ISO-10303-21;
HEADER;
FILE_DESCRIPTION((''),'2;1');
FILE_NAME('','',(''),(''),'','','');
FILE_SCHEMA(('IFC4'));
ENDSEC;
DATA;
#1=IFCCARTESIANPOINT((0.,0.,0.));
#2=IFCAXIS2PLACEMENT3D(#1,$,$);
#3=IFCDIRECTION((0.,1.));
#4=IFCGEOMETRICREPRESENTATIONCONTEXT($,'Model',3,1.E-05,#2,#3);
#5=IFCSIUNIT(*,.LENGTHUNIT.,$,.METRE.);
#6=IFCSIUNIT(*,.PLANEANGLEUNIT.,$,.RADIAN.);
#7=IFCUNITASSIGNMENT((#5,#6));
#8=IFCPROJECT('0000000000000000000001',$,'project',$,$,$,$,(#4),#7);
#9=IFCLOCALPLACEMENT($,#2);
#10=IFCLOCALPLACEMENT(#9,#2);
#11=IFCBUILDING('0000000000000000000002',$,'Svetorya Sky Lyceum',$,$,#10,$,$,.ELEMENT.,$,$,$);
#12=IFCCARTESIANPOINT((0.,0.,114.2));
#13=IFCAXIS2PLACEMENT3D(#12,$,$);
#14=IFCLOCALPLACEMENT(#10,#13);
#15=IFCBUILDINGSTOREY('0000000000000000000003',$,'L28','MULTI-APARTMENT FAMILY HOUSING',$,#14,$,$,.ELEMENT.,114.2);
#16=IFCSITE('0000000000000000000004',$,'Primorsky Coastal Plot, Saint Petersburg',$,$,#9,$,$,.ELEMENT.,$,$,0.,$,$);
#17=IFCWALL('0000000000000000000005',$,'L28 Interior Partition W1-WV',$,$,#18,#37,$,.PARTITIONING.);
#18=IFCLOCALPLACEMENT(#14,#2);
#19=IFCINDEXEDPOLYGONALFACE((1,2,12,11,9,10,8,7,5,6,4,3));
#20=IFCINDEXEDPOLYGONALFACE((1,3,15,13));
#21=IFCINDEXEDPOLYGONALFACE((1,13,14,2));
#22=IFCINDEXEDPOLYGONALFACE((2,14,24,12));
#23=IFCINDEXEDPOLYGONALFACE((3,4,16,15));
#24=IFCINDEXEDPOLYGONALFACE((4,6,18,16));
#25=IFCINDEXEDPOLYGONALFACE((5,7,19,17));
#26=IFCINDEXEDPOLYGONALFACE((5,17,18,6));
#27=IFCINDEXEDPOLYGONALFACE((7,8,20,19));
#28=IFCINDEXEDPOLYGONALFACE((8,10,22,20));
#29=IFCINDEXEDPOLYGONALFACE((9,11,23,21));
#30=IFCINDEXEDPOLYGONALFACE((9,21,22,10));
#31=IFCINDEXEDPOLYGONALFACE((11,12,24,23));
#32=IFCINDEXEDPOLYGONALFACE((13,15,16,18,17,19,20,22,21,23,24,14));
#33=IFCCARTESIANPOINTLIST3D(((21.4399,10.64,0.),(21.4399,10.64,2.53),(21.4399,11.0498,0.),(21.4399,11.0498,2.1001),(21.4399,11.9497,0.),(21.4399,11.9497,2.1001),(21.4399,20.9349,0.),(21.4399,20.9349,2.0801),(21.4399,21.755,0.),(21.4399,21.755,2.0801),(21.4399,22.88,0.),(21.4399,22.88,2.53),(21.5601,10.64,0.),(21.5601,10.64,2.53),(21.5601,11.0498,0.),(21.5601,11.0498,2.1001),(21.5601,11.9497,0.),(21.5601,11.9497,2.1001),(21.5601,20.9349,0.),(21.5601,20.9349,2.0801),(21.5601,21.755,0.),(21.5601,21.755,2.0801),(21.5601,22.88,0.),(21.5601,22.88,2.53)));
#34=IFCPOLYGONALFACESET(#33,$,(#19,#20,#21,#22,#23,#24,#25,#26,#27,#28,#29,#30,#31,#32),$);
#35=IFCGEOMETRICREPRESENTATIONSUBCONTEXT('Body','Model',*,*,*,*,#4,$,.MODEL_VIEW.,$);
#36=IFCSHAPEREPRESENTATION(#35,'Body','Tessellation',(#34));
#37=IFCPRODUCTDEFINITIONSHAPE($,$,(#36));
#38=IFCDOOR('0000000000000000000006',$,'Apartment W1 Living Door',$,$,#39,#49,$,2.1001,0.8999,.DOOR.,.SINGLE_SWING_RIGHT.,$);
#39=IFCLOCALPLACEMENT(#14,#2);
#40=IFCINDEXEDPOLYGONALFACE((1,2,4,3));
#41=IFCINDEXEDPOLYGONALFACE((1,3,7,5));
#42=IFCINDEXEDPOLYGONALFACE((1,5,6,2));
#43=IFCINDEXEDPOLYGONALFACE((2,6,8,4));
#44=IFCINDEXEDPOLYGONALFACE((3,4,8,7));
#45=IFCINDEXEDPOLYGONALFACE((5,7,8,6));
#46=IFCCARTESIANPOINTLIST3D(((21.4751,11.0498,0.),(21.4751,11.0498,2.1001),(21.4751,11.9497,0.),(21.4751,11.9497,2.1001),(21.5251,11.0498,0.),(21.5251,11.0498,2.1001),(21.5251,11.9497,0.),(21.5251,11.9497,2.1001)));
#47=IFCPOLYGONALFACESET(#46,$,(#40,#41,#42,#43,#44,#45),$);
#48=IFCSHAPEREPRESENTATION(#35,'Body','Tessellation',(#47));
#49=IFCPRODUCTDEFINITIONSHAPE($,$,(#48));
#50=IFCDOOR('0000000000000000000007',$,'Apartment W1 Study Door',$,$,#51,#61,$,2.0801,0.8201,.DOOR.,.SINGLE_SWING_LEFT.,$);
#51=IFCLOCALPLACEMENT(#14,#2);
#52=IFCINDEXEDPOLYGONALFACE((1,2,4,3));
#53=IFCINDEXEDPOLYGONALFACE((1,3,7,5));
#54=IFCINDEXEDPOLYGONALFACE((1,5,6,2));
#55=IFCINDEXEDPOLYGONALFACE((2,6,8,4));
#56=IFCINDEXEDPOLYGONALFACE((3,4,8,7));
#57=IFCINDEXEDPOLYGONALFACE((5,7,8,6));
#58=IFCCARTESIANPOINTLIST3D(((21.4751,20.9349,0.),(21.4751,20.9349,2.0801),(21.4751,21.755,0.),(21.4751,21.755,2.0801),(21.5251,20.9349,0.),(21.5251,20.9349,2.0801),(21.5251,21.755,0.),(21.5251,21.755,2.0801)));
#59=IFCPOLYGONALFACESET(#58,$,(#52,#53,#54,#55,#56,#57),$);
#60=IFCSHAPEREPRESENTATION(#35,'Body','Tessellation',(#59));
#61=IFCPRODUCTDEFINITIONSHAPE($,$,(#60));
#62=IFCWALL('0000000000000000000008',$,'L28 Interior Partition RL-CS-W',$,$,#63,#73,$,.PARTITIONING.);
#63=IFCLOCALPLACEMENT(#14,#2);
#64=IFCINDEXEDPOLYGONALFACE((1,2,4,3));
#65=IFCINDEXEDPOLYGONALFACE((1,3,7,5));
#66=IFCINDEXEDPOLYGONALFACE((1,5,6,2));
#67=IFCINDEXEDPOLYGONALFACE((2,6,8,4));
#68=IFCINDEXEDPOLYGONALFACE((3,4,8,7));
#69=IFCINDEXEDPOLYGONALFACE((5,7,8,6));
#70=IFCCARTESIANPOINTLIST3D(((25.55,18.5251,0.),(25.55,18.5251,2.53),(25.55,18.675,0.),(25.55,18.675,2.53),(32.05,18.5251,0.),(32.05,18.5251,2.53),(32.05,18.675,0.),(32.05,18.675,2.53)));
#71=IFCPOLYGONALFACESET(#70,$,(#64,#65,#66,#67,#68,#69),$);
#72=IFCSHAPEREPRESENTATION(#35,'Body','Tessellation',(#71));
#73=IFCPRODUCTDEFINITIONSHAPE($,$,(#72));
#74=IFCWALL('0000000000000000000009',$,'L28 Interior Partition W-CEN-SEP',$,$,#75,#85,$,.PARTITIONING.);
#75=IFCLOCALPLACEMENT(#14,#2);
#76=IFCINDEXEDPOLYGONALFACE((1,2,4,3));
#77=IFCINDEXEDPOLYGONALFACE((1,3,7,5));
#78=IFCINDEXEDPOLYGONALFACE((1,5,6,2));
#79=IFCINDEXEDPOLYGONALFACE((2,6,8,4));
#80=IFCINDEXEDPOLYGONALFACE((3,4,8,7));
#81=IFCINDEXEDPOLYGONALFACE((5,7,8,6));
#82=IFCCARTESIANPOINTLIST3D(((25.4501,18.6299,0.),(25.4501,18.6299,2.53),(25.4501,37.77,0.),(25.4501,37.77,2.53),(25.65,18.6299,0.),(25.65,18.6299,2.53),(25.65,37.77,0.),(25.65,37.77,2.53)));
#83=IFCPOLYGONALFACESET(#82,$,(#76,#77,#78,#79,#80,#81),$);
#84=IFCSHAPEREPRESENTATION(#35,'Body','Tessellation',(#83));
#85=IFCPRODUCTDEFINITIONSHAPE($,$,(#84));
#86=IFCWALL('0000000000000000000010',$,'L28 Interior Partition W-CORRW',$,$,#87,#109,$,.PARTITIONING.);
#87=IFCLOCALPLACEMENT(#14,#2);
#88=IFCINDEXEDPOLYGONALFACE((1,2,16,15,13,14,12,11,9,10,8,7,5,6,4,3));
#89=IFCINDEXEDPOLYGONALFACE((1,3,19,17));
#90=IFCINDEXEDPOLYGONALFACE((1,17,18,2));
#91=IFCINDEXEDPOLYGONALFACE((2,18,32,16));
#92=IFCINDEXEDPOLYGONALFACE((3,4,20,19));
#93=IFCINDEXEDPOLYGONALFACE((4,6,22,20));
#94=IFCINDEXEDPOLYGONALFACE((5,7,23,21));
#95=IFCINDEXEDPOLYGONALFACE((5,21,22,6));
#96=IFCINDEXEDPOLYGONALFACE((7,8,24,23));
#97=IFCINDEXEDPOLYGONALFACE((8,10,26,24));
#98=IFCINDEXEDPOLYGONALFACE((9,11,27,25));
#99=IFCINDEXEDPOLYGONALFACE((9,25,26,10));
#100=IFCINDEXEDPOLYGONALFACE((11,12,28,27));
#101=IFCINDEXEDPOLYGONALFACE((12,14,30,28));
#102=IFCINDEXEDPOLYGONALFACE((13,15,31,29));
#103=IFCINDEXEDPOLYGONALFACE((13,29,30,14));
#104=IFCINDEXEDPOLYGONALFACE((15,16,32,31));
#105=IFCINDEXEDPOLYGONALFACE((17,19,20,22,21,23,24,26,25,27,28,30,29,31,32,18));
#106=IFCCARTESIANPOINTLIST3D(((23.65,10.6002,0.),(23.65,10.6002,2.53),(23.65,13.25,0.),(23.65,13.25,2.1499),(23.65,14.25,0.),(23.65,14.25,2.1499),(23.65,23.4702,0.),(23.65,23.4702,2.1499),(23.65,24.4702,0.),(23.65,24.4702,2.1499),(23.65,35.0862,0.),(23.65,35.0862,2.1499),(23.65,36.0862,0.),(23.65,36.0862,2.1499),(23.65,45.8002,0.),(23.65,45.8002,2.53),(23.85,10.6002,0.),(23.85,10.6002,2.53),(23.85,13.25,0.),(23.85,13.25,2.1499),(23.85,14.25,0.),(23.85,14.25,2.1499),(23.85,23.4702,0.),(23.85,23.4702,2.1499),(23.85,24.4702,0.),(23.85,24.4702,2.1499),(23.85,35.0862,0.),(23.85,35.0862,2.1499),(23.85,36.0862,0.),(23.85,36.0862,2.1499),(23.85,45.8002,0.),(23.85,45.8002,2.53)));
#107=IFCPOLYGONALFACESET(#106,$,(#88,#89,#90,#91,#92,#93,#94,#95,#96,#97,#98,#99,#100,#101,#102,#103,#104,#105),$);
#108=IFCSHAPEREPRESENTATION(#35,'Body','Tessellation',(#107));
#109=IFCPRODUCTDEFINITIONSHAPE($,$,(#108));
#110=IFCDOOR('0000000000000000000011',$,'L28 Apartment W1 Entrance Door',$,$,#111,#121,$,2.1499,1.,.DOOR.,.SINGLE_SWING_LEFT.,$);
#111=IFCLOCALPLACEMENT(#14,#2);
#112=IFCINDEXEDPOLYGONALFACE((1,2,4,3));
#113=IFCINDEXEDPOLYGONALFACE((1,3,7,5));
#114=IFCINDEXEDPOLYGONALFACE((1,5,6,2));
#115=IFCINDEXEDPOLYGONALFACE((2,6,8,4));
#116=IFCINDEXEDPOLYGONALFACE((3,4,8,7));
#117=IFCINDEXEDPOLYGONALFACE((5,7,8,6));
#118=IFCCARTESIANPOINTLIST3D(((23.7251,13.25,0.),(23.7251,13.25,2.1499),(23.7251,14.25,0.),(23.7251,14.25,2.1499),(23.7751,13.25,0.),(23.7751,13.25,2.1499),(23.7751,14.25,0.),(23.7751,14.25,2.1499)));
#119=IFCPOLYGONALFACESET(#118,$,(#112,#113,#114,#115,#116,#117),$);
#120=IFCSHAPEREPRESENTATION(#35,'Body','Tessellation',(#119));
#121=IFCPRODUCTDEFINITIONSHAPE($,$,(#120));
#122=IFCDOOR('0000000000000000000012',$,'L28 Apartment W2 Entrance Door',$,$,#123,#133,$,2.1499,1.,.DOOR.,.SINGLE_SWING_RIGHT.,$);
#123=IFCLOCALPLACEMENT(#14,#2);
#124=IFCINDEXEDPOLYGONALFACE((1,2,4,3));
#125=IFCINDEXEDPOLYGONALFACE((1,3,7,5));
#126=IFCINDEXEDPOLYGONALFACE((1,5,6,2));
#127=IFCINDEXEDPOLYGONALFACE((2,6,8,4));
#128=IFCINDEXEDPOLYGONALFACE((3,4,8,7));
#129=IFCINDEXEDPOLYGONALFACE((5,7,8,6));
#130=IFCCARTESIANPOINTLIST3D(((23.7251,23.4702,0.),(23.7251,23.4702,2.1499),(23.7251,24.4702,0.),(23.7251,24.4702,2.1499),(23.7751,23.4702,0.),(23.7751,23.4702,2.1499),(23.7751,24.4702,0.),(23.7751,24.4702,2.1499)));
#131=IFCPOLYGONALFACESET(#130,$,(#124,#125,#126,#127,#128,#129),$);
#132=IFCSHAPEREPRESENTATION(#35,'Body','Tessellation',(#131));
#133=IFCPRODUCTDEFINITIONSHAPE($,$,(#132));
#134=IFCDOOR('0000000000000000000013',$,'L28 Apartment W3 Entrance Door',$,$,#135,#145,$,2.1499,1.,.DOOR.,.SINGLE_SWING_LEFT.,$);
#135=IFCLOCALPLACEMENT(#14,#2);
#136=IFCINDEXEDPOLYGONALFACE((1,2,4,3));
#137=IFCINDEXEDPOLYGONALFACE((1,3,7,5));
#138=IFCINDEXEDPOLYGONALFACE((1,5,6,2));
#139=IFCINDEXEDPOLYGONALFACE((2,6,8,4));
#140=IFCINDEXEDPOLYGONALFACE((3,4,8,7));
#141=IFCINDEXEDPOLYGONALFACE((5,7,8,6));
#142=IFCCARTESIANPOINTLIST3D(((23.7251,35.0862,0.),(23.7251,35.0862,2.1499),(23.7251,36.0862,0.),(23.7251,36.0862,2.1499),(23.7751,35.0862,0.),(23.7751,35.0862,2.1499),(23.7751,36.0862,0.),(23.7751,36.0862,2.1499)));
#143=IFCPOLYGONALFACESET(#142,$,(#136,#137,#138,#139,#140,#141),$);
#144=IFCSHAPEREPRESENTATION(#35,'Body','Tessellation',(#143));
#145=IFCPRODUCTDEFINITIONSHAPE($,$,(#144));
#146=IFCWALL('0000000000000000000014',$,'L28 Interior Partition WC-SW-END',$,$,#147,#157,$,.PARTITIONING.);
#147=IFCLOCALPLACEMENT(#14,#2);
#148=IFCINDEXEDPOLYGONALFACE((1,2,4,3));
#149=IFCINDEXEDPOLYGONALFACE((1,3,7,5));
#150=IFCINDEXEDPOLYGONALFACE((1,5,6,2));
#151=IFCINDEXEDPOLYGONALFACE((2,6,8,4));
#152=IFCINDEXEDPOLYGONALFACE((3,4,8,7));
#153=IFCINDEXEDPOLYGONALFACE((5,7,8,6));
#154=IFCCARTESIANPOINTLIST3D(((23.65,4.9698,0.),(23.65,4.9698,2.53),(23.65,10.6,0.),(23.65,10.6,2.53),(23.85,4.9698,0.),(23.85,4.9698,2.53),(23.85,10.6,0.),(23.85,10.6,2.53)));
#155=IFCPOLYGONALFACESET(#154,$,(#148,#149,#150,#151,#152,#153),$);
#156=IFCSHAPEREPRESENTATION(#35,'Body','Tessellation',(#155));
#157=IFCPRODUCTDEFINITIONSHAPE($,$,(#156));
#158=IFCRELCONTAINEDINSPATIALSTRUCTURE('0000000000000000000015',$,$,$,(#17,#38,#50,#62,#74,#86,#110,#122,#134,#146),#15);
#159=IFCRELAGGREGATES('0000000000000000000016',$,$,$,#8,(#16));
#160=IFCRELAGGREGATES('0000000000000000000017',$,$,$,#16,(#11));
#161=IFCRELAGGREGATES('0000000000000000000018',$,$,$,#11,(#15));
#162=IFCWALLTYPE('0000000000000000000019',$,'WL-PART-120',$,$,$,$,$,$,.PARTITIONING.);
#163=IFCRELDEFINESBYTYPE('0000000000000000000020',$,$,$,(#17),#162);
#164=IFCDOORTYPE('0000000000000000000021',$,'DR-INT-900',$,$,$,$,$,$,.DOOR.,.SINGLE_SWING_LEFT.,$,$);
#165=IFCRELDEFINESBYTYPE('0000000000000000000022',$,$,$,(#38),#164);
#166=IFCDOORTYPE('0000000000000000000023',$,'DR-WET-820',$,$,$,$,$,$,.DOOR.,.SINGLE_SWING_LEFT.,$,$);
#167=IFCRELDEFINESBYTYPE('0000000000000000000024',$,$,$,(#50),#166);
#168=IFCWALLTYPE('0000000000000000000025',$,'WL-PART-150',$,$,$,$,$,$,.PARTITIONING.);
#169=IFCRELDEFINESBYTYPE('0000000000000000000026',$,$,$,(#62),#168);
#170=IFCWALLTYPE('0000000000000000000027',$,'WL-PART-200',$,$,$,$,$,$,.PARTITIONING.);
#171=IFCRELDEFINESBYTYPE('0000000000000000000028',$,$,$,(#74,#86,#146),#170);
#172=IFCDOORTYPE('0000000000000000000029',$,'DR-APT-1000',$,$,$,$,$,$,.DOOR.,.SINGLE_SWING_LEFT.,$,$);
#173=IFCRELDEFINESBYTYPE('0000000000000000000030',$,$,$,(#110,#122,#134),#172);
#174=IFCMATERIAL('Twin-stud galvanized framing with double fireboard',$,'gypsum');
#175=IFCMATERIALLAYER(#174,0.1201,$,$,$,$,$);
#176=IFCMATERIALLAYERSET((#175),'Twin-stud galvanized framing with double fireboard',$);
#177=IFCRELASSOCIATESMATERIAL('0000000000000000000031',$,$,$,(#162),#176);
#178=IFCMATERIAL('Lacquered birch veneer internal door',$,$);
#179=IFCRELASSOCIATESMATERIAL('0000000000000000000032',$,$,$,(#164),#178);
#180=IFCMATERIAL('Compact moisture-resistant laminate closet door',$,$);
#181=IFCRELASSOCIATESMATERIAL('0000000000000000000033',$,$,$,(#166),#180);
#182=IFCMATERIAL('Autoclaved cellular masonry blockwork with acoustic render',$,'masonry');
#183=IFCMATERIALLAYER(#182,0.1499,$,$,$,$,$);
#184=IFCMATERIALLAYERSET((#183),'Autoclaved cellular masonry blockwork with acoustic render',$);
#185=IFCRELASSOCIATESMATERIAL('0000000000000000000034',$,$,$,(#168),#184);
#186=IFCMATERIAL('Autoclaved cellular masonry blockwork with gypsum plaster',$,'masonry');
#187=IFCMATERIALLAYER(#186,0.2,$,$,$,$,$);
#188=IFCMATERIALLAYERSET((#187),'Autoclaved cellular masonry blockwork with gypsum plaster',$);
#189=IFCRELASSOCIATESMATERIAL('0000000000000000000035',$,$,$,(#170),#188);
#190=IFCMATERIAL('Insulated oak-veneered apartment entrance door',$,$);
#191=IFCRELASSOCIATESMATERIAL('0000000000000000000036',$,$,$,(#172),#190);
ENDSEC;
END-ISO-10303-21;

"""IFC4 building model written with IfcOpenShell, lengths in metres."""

from ifc_helpers import new_model, si_unit, direction, frame, frame_2d, origin, place, context, subcontext, project, spatial, rectangle, extrude, material, layer, layer_set, type_object, element, fill, save


model = new_model("IFC4")

# Units and contexts
model_context = context("Model", 3, precision=1e-05, world=origin(), true_north=direction((0.0, 1.0)))
body_context = subcontext(model_context, "Body", "Model", "MODEL_VIEW")
ifc_project = project(units=[si_unit("LENGTHUNIT", "METRE"), si_unit("PLANEANGLEUNIT", "RADIAN")], contexts=[model_context])

# Site, building, storey
site_placement = place(None, origin())
site = spatial("IfcSite", under=ifc_project, at=site_placement, Name="Primorsky Coastal Plot, Saint Petersburg", CompositionType="ELEMENT", RefElevation=0.0)
building_placement = place(site_placement, origin())
building = spatial("IfcBuilding", under=site, at=building_placement, Name="Svetorya Sky Lyceum", CompositionType="ELEMENT")
storey_placement = place(building_placement, frame((0.0, 0.0, 114.2)))
storey = spatial("IfcBuildingStorey", under=building, at=storey_placement, Name="L28", Description="MULTI-APARTMENT FAMILY HOUSING", CompositionType="ELEMENT", Elevation=114.2)

# Shared definitions
ifc_material_1 = material(Name="Twin-stud galvanized framing with double fireboard", Category="gypsum")
ifc_layer_1 = layer(ifc_material_1, 0.1201)
ifc_layer_set_1 = layer_set([ifc_layer_1], Name="Twin-stud galvanized framing with double fireboard")
wall_type_1 = type_object("IfcWallType", Name="WL-PART-120", PredefinedType="PARTITIONING", material=ifc_layer_set_1)

# Wall, openings, doors
wall_1_placement = place(storey_placement, frame((21.5, 10.6399, 0.0), z_axis=(0.0, 0.0, 1.0), x_axis=(0.0, 1.0, 0.0)))
wall_1 = element("IfcWall", 1, at=wall_1_placement, inside=storey, type_object=wall_type_1, Name="L28 Interior Partition W1-WV", PredefinedType="PARTITIONING", context=body_context, shape_type="SweptSolid", body=[
    extrude(rectangle(XDim=12.24, YDim=0.1201, at=frame_2d((6.1201, 0.0))), origin(), (0.0, 0.0, 1.0), 2.53),
])
opening_1_placement = place(wall_1_placement, frame((0.4099, 0.0, 0.0)))
opening_1 = element("IfcOpeningElement", 2, at=opening_1_placement, cuts=wall_1, PredefinedType="OPENING", context=body_context, shape_type="SweptSolid", body=[
    extrude(rectangle(XDim=0.8999, YDim=2.1001, at=frame_2d((0.45, 1.05))), frame((0.0, 0.0701, 0.0), z_axis=(0.0, -1.0, 0.0), x_axis=(1.0, 0.0, 0.0)), (0.0, 0.0, 1.0), 0.1401),
])
opening_2_placement = place(wall_1_placement, frame((10.2949, 0.0, 0.0)))
opening_2 = element("IfcOpeningElement", 3, at=opening_2_placement, cuts=wall_1, PredefinedType="OPENING", context=body_context, shape_type="SweptSolid", body=[
    extrude(rectangle(XDim=0.8201, YDim=2.0801, at=frame_2d((0.4102, 1.04))), frame((0.0, 0.0701, 0.0), z_axis=(0.0, -1.0, 0.0), x_axis=(1.0, 0.0, 0.0)), (0.0, 0.0, 1.0), 0.1401),
])
ifc_material_2 = material(Name="Lacquered birch veneer internal door")
door_type_1 = type_object("IfcDoorType", Name="DR-INT-900", OperationType="SINGLE_SWING_LEFT", PredefinedType="DOOR", material=ifc_material_2)
door_1_placement = place(opening_1_placement, origin())
door_1 = element("IfcDoor", 4, at=door_1_placement, inside=storey, type_object=door_type_1, Name="Apartment W1 Living Door", OperationType="SINGLE_SWING_RIGHT", OverallHeight=2.1001, OverallWidth=0.8999, PredefinedType="DOOR", context=body_context, shape_type="SweptSolid", body=[
    extrude(rectangle(XDim=0.8999, YDim=2.1001, at=frame_2d((0.45, 1.05))), frame((0.0, 0.0249, 0.0), z_axis=(0.0, -1.0, 0.0), x_axis=(1.0, 0.0, 0.0)), (0.0, 0.0, 1.0), 0.05),
])
fill(opening_1, door_1)
ifc_material_3 = material(Name="Compact moisture-resistant laminate closet door")
door_type_2 = type_object("IfcDoorType", Name="DR-WET-820", OperationType="SINGLE_SWING_LEFT", PredefinedType="DOOR", material=ifc_material_3)
door_2_placement = place(opening_2_placement, origin())
door_2 = element("IfcDoor", 5, at=door_2_placement, inside=storey, type_object=door_type_2, Name="Apartment W1 Study Door", OperationType="SINGLE_SWING_LEFT", OverallHeight=2.0801, OverallWidth=0.8201, PredefinedType="DOOR", context=body_context, shape_type="SweptSolid", body=[
    extrude(rectangle(XDim=0.8201, YDim=2.0801, at=frame_2d((0.4102, 1.04))), frame((0.0, 0.0249, 0.0), z_axis=(0.0, -1.0, 0.0), x_axis=(1.0, 0.0, 0.0)), (0.0, 0.0, 1.0), 0.05),
])
fill(opening_2, door_2)

# Walls
ifc_material_4 = material(Name="Autoclaved cellular masonry blockwork with acoustic render", Category="masonry")
ifc_layer_2 = layer(ifc_material_4, 0.1499)
ifc_layer_set_2 = layer_set([ifc_layer_2], Name="Autoclaved cellular masonry blockwork with acoustic render")
wall_type_2 = type_object("IfcWallType", Name="WL-PART-150", PredefinedType="PARTITIONING", material=ifc_layer_set_2)
wall_2_placement = place(storey_placement, frame((25.55, 18.6001, 0.0), z_axis=(0.0, 0.0, 1.0), x_axis=(1.0, 0.0, 0.0)))
element("IfcWall", 6, at=wall_2_placement, inside=storey, type_object=wall_type_2, Name="L28 Interior Partition RL-CS-W", PredefinedType="PARTITIONING", context=body_context, shape_type="SweptSolid", body=[
    extrude(rectangle(XDim=6.5, YDim=0.1499, at=frame_2d((3.25, 0.0))), origin(), (0.0, 0.0, 1.0), 2.53),
])
ifc_material_5 = material(Name="Autoclaved cellular masonry blockwork with gypsum plaster", Category="masonry")
ifc_layer_3 = layer(ifc_material_5, 0.2)
ifc_layer_set_3 = layer_set([ifc_layer_3], Name="Autoclaved cellular masonry blockwork with gypsum plaster")
wall_type_3 = type_object("IfcWallType", Name="WL-PART-200", PredefinedType="PARTITIONING", material=ifc_layer_set_3)
wall_3_placement = place(storey_placement, frame((25.55, 18.6299, 0.0), z_axis=(0.0, 0.0, 1.0), x_axis=(0.0, 1.0, 0.0)))
element("IfcWall", 7, at=wall_3_placement, inside=storey, type_object=wall_type_3, Name="L28 Interior Partition W-CEN-SEP", PredefinedType="PARTITIONING", context=body_context, shape_type="SweptSolid", body=[
    extrude(rectangle(XDim=19.1401, YDim=0.2, at=frame_2d((9.5701, 0.0))), origin(), (0.0, 0.0, 1.0), 2.53),
])

# Wall, openings, doors
wall_4_placement = place(storey_placement, frame((23.75, 10.6001, 0.0), z_axis=(0.0, 0.0, 1.0), x_axis=(0.0, 1.0, 0.0)))
wall_4 = element("IfcWall", 8, at=wall_4_placement, inside=storey, type_object=wall_type_3, Name="L28 Interior Partition W-CORRW", PredefinedType="PARTITIONING", context=body_context, shape_type="SweptSolid", body=[
    extrude(rectangle(XDim=35.2, YDim=0.2, at=frame_2d((17.6001, 0.0))), origin(), (0.0, 0.0, 1.0), 2.53),
])
opening_3_placement = place(wall_4_placement, frame((2.6499, 0.0, 0.0)))
opening_3 = element("IfcOpeningElement", 9, at=opening_3_placement, cuts=wall_4, PredefinedType="OPENING", context=body_context, shape_type="SweptSolid", body=[
    extrude(rectangle(XDim=1.0, YDim=2.1499, at=frame_2d((0.5, 1.075))), frame((0.0, 0.1099, 0.0), z_axis=(0.0, -1.0, 0.0), x_axis=(1.0, 0.0, 0.0)), (0.0, 0.0, 1.0), 0.22),
])
opening_4_placement = place(wall_4_placement, frame((12.8701, 0.0, 0.0)))
opening_4 = element("IfcOpeningElement", 10, at=opening_4_placement, cuts=wall_4, PredefinedType="OPENING", context=body_context, shape_type="SweptSolid", body=[
    extrude(rectangle(XDim=1.0, YDim=2.1499, at=frame_2d((0.5, 1.075))), frame((0.0, 0.1099, 0.0), z_axis=(0.0, -1.0, 0.0), x_axis=(1.0, 0.0, 0.0)), (0.0, 0.0, 1.0), 0.22),
])
opening_5_placement = place(wall_4_placement, frame((24.4861, 0.0, 0.0)))
opening_5 = element("IfcOpeningElement", 11, at=opening_5_placement, cuts=wall_4, PredefinedType="OPENING", context=body_context, shape_type="SweptSolid", body=[
    extrude(rectangle(XDim=1.0, YDim=2.1499, at=frame_2d((0.5, 1.075))), frame((0.0, 0.1099, 0.0), z_axis=(0.0, -1.0, 0.0), x_axis=(1.0, 0.0, 0.0)), (0.0, 0.0, 1.0), 0.22),
])
ifc_material_6 = material(Name="Insulated oak-veneered apartment entrance door")
door_type_3 = type_object("IfcDoorType", Name="DR-APT-1000", OperationType="SINGLE_SWING_LEFT", PredefinedType="DOOR", material=ifc_material_6)
door_3_placement = place(opening_3_placement, origin())
door_3 = element("IfcDoor", 12, at=door_3_placement, inside=storey, type_object=door_type_3, Name="L28 Apartment W1 Entrance Door", OperationType="SINGLE_SWING_LEFT", OverallHeight=2.1499, OverallWidth=1.0, PredefinedType="DOOR", context=body_context, shape_type="SweptSolid", body=[
    extrude(rectangle(XDim=1.0, YDim=2.1499, at=frame_2d((0.5, 1.075))), frame((0.0, 0.0249, 0.0), z_axis=(0.0, -1.0, 0.0), x_axis=(1.0, 0.0, 0.0)), (0.0, 0.0, 1.0), 0.05),
])
fill(opening_3, door_3)
door_4_placement = place(opening_4_placement, origin())
door_4 = element("IfcDoor", 13, at=door_4_placement, inside=storey, type_object=door_type_3, Name="L28 Apartment W2 Entrance Door", OperationType="SINGLE_SWING_RIGHT", OverallHeight=2.1499, OverallWidth=1.0, PredefinedType="DOOR", context=body_context, shape_type="SweptSolid", body=[
    extrude(rectangle(XDim=1.0, YDim=2.1499, at=frame_2d((0.5, 1.075))), frame((0.0, 0.0249, 0.0), z_axis=(0.0, -1.0, 0.0), x_axis=(1.0, 0.0, 0.0)), (0.0, 0.0, 1.0), 0.05),
])
fill(opening_4, door_4)
door_5_placement = place(opening_5_placement, origin())
door_5 = element("IfcDoor", 14, at=door_5_placement, inside=storey, type_object=door_type_3, Name="L28 Apartment W3 Entrance Door", OperationType="SINGLE_SWING_LEFT", OverallHeight=2.1499, OverallWidth=1.0, PredefinedType="DOOR", context=body_context, shape_type="SweptSolid", body=[
    extrude(rectangle(XDim=1.0, YDim=2.1499, at=frame_2d((0.5, 1.075))), frame((0.0, 0.0249, 0.0), z_axis=(0.0, -1.0, 0.0), x_axis=(1.0, 0.0, 0.0)), (0.0, 0.0, 1.0), 0.05),
])
fill(opening_5, door_5)

# Wall
wall_5_placement = place(storey_placement, frame((23.75, 4.97, 0.0), z_axis=(0.0, 0.0, 1.0), x_axis=(0.0, 1.0, 0.0)))
element("IfcWall", 15, at=wall_5_placement, inside=storey, type_object=wall_type_3, Name="L28 Interior Partition WC-SW-END", PredefinedType="PARTITIONING", context=body_context, shape_type="SweptSolid", body=[
    extrude(rectangle(XDim=5.6301, YDim=0.2, at=frame_2d((2.8149, 0.0))), origin(), (0.0, 0.0, 1.0), 2.53),
])

save(model, "model.ifc")
